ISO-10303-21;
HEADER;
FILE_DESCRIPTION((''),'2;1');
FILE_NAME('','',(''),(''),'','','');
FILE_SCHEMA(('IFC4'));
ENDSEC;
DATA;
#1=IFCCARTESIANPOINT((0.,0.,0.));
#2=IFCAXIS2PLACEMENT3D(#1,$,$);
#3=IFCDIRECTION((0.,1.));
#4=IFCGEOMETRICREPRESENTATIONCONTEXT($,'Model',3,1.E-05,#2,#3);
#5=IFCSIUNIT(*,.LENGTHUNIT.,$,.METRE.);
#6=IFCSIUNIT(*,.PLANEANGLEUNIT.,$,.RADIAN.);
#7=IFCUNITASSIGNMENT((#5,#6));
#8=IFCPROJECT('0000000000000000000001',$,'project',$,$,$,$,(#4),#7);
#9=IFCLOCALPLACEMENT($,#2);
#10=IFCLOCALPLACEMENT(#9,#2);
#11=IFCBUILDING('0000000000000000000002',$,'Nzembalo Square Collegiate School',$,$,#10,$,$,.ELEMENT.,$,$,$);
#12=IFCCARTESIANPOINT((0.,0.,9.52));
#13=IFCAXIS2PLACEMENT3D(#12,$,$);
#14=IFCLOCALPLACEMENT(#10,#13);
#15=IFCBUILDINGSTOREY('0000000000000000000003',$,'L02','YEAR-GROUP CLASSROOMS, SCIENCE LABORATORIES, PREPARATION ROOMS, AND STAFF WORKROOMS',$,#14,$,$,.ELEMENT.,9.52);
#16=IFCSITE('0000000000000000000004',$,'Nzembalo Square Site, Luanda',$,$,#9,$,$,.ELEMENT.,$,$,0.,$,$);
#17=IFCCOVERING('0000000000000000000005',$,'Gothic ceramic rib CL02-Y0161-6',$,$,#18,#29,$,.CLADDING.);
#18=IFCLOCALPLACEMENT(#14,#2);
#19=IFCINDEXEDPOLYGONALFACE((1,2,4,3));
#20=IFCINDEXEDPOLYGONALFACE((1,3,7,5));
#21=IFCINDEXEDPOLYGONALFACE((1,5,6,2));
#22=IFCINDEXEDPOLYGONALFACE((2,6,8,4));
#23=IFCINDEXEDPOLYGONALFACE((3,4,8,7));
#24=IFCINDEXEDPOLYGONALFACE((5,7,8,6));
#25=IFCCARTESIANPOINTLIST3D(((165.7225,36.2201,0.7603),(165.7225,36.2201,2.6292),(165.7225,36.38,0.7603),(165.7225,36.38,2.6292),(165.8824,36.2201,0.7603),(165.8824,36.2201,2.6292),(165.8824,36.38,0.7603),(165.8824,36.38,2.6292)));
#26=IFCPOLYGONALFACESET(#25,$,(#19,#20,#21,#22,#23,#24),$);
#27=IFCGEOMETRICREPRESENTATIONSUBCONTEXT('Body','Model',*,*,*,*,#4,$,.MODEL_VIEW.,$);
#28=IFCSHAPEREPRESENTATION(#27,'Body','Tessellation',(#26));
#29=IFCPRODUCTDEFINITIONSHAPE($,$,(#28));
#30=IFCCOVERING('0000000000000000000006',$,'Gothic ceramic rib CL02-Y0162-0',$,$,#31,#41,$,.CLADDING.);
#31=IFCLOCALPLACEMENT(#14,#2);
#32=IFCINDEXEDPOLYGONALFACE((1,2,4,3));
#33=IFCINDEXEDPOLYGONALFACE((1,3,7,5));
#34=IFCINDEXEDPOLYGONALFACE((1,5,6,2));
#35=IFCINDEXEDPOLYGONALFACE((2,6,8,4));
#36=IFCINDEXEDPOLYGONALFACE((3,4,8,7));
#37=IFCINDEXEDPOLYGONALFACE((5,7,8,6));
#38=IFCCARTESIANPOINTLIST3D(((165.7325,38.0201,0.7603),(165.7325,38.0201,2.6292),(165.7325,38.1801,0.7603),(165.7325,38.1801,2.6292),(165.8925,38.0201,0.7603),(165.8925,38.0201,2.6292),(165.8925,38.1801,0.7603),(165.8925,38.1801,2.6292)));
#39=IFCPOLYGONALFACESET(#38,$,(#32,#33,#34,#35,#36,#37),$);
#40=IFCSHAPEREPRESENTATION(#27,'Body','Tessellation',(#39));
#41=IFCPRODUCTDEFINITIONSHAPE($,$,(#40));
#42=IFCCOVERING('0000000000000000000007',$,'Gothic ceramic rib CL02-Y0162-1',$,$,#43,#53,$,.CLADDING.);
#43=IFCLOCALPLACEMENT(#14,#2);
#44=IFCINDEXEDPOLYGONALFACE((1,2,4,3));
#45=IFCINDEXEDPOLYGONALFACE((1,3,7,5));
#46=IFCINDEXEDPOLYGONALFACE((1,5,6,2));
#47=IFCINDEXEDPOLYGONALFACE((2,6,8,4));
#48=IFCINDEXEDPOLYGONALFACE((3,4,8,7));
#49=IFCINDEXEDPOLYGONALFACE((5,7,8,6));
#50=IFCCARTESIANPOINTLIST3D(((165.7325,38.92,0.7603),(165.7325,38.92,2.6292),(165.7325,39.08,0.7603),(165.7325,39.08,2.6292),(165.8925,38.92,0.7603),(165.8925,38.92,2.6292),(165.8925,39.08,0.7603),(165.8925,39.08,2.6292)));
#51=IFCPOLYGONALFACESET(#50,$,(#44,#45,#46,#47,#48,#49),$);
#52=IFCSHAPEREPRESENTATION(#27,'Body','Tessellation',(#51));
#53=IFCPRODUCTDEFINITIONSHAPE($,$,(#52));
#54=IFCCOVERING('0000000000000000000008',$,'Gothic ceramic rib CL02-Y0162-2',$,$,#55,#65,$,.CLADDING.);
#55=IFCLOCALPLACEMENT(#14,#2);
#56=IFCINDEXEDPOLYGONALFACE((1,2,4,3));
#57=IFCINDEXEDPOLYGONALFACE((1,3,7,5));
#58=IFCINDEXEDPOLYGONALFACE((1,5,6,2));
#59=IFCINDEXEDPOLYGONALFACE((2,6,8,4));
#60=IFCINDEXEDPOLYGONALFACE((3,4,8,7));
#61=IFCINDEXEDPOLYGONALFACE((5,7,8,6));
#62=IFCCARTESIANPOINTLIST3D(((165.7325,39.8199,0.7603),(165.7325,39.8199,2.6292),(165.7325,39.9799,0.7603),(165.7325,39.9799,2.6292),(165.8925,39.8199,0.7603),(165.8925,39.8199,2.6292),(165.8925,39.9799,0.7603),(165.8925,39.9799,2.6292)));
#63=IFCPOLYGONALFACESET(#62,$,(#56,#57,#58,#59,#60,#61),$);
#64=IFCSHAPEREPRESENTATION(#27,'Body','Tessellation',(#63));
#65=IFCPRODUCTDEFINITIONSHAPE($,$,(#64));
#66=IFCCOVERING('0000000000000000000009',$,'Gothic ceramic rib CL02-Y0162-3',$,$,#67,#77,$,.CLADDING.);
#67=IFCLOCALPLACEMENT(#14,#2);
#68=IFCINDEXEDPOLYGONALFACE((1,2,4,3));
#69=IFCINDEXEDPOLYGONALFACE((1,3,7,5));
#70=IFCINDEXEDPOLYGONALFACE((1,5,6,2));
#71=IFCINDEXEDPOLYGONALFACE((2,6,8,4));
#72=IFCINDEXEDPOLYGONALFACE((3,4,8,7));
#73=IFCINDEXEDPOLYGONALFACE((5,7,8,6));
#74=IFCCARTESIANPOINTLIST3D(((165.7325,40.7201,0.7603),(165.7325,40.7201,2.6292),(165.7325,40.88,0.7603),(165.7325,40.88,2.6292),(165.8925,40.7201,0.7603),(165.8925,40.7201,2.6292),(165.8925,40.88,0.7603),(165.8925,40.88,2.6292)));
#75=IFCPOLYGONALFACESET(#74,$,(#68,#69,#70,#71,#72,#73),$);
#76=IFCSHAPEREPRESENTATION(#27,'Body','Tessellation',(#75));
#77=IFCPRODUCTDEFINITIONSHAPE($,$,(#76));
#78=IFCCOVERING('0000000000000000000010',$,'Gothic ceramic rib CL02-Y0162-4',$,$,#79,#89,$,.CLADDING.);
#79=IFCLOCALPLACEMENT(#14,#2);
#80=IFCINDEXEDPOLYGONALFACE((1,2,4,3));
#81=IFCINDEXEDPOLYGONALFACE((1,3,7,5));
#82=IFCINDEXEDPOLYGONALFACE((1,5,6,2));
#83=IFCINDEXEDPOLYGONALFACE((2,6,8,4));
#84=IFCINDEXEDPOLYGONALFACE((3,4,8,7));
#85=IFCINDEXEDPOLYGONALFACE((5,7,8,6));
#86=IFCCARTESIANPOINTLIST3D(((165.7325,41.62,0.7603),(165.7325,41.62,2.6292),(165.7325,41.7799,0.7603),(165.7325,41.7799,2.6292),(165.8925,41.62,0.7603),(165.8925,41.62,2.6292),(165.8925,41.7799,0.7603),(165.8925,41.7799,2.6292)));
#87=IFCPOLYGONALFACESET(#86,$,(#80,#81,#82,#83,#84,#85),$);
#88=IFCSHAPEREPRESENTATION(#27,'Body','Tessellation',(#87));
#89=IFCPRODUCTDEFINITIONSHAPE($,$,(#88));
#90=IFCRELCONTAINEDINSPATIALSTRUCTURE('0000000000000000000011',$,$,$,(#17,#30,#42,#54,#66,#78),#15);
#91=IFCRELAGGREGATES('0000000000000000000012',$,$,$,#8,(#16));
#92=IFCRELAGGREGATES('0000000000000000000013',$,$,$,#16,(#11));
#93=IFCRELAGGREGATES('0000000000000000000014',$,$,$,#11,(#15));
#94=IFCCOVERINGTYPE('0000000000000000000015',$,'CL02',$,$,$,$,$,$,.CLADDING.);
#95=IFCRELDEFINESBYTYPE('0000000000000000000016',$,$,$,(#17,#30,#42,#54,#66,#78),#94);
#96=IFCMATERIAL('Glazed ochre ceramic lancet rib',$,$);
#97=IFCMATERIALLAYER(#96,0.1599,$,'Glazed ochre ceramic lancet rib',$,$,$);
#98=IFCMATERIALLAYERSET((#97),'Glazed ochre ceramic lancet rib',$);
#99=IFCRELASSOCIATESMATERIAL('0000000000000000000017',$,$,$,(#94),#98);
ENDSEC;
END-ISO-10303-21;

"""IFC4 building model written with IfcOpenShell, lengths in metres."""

from ifc_helpers import new_model, si_unit, direction, frame, origin, origin_2d, place, context, subcontext, project, spatial, rectangle, extrude, material, layer, layer_set, type_object, element, save


model = new_model("IFC4")

# Units and contexts
model_context = context("Model", 3, precision=1e-05, world=origin(), true_north=direction((0.0, 1.0)))
body_context = subcontext(model_context, "Body", "Model", "MODEL_VIEW")
ifc_project = project(units=[si_unit("LENGTHUNIT", "METRE"), si_unit("PLANEANGLEUNIT", "RADIAN")], contexts=[model_context])

# Site, building, storey
site_placement = place(None, origin())
site = spatial("IfcSite", under=ifc_project, at=site_placement, Name="Nzembalo Square Site, Luanda", CompositionType="ELEMENT", RefElevation=0.0)
building_placement = place(site_placement, origin())
building = spatial("IfcBuilding", under=site, at=building_placement, Name="Nzembalo Square Collegiate School", CompositionType="ELEMENT")
storey_placement = place(building_placement, frame((0.0, 0.0, 9.52)))
storey = spatial("IfcBuildingStorey", under=building, at=storey_placement, Name="L02", Description="YEAR-GROUP CLASSROOMS, SCIENCE LABORATORIES, PREPARATION ROOMS, AND STAFF WORKROOMS", CompositionType="ELEMENT", Elevation=9.52)

# Coverings
ifc_material_1 = material(Name="Glazed ochre ceramic lancet rib")
ifc_layer_1 = layer(ifc_material_1, 0.1599, Name="Glazed ochre ceramic lancet rib")
ifc_layer_set_1 = layer_set([ifc_layer_1], Name="Glazed ochre ceramic lancet rib")
covering_type_1 = type_object("IfcCoveringType", Name="CL02", PredefinedType="CLADDING", material=ifc_layer_set_1)
for number, where, z_axis, x_axis, name in (
    (1, (165.8025, 36.3, 0.7603), (0.0, 0.0, 1.0), (1.0, 0.0, 0.0), "Gothic ceramic rib CL02-Y0161-6"),
    (2, (165.8125, 38.1001, 0.7603), (0.0, 0.0, 1.0), (1.0, 0.0, 0.0), "Gothic ceramic rib CL02-Y0162-0"),
    (3, (165.8125, 39.0, 0.7603), (0.0, 0.0, 1.0), (1.0, 0.0, 0.0), "Gothic ceramic rib CL02-Y0162-1"),
    (4, (165.8125, 39.8999, 0.7603), (0.0, 0.0, 1.0), (1.0, 0.0, 0.0), "Gothic ceramic rib CL02-Y0162-2"),
    (5, (165.8125, 40.8, 0.7603), (0.0, 0.0, 1.0), (1.0, 0.0, 0.0), "Gothic ceramic rib CL02-Y0162-3"),
    (6, (165.8125, 41.7, 0.7603), (0.0, 0.0, 1.0), (1.0, 0.0, 0.0), "Gothic ceramic rib CL02-Y0162-4"),
):
    element("IfcCovering", number, at=place(storey_placement, frame(where, z_axis=z_axis, x_axis=x_axis)), inside=storey, type_object=covering_type_1, Name=name, PredefinedType="CLADDING", context=body_context, shape_type="SweptSolid", body=[
        extrude(rectangle(XDim=0.1599, YDim=0.1599, at=origin_2d()), origin(), (0.0, 0.0, 1.0), 1.8689),
    ])

save(model, "model.ifc")
